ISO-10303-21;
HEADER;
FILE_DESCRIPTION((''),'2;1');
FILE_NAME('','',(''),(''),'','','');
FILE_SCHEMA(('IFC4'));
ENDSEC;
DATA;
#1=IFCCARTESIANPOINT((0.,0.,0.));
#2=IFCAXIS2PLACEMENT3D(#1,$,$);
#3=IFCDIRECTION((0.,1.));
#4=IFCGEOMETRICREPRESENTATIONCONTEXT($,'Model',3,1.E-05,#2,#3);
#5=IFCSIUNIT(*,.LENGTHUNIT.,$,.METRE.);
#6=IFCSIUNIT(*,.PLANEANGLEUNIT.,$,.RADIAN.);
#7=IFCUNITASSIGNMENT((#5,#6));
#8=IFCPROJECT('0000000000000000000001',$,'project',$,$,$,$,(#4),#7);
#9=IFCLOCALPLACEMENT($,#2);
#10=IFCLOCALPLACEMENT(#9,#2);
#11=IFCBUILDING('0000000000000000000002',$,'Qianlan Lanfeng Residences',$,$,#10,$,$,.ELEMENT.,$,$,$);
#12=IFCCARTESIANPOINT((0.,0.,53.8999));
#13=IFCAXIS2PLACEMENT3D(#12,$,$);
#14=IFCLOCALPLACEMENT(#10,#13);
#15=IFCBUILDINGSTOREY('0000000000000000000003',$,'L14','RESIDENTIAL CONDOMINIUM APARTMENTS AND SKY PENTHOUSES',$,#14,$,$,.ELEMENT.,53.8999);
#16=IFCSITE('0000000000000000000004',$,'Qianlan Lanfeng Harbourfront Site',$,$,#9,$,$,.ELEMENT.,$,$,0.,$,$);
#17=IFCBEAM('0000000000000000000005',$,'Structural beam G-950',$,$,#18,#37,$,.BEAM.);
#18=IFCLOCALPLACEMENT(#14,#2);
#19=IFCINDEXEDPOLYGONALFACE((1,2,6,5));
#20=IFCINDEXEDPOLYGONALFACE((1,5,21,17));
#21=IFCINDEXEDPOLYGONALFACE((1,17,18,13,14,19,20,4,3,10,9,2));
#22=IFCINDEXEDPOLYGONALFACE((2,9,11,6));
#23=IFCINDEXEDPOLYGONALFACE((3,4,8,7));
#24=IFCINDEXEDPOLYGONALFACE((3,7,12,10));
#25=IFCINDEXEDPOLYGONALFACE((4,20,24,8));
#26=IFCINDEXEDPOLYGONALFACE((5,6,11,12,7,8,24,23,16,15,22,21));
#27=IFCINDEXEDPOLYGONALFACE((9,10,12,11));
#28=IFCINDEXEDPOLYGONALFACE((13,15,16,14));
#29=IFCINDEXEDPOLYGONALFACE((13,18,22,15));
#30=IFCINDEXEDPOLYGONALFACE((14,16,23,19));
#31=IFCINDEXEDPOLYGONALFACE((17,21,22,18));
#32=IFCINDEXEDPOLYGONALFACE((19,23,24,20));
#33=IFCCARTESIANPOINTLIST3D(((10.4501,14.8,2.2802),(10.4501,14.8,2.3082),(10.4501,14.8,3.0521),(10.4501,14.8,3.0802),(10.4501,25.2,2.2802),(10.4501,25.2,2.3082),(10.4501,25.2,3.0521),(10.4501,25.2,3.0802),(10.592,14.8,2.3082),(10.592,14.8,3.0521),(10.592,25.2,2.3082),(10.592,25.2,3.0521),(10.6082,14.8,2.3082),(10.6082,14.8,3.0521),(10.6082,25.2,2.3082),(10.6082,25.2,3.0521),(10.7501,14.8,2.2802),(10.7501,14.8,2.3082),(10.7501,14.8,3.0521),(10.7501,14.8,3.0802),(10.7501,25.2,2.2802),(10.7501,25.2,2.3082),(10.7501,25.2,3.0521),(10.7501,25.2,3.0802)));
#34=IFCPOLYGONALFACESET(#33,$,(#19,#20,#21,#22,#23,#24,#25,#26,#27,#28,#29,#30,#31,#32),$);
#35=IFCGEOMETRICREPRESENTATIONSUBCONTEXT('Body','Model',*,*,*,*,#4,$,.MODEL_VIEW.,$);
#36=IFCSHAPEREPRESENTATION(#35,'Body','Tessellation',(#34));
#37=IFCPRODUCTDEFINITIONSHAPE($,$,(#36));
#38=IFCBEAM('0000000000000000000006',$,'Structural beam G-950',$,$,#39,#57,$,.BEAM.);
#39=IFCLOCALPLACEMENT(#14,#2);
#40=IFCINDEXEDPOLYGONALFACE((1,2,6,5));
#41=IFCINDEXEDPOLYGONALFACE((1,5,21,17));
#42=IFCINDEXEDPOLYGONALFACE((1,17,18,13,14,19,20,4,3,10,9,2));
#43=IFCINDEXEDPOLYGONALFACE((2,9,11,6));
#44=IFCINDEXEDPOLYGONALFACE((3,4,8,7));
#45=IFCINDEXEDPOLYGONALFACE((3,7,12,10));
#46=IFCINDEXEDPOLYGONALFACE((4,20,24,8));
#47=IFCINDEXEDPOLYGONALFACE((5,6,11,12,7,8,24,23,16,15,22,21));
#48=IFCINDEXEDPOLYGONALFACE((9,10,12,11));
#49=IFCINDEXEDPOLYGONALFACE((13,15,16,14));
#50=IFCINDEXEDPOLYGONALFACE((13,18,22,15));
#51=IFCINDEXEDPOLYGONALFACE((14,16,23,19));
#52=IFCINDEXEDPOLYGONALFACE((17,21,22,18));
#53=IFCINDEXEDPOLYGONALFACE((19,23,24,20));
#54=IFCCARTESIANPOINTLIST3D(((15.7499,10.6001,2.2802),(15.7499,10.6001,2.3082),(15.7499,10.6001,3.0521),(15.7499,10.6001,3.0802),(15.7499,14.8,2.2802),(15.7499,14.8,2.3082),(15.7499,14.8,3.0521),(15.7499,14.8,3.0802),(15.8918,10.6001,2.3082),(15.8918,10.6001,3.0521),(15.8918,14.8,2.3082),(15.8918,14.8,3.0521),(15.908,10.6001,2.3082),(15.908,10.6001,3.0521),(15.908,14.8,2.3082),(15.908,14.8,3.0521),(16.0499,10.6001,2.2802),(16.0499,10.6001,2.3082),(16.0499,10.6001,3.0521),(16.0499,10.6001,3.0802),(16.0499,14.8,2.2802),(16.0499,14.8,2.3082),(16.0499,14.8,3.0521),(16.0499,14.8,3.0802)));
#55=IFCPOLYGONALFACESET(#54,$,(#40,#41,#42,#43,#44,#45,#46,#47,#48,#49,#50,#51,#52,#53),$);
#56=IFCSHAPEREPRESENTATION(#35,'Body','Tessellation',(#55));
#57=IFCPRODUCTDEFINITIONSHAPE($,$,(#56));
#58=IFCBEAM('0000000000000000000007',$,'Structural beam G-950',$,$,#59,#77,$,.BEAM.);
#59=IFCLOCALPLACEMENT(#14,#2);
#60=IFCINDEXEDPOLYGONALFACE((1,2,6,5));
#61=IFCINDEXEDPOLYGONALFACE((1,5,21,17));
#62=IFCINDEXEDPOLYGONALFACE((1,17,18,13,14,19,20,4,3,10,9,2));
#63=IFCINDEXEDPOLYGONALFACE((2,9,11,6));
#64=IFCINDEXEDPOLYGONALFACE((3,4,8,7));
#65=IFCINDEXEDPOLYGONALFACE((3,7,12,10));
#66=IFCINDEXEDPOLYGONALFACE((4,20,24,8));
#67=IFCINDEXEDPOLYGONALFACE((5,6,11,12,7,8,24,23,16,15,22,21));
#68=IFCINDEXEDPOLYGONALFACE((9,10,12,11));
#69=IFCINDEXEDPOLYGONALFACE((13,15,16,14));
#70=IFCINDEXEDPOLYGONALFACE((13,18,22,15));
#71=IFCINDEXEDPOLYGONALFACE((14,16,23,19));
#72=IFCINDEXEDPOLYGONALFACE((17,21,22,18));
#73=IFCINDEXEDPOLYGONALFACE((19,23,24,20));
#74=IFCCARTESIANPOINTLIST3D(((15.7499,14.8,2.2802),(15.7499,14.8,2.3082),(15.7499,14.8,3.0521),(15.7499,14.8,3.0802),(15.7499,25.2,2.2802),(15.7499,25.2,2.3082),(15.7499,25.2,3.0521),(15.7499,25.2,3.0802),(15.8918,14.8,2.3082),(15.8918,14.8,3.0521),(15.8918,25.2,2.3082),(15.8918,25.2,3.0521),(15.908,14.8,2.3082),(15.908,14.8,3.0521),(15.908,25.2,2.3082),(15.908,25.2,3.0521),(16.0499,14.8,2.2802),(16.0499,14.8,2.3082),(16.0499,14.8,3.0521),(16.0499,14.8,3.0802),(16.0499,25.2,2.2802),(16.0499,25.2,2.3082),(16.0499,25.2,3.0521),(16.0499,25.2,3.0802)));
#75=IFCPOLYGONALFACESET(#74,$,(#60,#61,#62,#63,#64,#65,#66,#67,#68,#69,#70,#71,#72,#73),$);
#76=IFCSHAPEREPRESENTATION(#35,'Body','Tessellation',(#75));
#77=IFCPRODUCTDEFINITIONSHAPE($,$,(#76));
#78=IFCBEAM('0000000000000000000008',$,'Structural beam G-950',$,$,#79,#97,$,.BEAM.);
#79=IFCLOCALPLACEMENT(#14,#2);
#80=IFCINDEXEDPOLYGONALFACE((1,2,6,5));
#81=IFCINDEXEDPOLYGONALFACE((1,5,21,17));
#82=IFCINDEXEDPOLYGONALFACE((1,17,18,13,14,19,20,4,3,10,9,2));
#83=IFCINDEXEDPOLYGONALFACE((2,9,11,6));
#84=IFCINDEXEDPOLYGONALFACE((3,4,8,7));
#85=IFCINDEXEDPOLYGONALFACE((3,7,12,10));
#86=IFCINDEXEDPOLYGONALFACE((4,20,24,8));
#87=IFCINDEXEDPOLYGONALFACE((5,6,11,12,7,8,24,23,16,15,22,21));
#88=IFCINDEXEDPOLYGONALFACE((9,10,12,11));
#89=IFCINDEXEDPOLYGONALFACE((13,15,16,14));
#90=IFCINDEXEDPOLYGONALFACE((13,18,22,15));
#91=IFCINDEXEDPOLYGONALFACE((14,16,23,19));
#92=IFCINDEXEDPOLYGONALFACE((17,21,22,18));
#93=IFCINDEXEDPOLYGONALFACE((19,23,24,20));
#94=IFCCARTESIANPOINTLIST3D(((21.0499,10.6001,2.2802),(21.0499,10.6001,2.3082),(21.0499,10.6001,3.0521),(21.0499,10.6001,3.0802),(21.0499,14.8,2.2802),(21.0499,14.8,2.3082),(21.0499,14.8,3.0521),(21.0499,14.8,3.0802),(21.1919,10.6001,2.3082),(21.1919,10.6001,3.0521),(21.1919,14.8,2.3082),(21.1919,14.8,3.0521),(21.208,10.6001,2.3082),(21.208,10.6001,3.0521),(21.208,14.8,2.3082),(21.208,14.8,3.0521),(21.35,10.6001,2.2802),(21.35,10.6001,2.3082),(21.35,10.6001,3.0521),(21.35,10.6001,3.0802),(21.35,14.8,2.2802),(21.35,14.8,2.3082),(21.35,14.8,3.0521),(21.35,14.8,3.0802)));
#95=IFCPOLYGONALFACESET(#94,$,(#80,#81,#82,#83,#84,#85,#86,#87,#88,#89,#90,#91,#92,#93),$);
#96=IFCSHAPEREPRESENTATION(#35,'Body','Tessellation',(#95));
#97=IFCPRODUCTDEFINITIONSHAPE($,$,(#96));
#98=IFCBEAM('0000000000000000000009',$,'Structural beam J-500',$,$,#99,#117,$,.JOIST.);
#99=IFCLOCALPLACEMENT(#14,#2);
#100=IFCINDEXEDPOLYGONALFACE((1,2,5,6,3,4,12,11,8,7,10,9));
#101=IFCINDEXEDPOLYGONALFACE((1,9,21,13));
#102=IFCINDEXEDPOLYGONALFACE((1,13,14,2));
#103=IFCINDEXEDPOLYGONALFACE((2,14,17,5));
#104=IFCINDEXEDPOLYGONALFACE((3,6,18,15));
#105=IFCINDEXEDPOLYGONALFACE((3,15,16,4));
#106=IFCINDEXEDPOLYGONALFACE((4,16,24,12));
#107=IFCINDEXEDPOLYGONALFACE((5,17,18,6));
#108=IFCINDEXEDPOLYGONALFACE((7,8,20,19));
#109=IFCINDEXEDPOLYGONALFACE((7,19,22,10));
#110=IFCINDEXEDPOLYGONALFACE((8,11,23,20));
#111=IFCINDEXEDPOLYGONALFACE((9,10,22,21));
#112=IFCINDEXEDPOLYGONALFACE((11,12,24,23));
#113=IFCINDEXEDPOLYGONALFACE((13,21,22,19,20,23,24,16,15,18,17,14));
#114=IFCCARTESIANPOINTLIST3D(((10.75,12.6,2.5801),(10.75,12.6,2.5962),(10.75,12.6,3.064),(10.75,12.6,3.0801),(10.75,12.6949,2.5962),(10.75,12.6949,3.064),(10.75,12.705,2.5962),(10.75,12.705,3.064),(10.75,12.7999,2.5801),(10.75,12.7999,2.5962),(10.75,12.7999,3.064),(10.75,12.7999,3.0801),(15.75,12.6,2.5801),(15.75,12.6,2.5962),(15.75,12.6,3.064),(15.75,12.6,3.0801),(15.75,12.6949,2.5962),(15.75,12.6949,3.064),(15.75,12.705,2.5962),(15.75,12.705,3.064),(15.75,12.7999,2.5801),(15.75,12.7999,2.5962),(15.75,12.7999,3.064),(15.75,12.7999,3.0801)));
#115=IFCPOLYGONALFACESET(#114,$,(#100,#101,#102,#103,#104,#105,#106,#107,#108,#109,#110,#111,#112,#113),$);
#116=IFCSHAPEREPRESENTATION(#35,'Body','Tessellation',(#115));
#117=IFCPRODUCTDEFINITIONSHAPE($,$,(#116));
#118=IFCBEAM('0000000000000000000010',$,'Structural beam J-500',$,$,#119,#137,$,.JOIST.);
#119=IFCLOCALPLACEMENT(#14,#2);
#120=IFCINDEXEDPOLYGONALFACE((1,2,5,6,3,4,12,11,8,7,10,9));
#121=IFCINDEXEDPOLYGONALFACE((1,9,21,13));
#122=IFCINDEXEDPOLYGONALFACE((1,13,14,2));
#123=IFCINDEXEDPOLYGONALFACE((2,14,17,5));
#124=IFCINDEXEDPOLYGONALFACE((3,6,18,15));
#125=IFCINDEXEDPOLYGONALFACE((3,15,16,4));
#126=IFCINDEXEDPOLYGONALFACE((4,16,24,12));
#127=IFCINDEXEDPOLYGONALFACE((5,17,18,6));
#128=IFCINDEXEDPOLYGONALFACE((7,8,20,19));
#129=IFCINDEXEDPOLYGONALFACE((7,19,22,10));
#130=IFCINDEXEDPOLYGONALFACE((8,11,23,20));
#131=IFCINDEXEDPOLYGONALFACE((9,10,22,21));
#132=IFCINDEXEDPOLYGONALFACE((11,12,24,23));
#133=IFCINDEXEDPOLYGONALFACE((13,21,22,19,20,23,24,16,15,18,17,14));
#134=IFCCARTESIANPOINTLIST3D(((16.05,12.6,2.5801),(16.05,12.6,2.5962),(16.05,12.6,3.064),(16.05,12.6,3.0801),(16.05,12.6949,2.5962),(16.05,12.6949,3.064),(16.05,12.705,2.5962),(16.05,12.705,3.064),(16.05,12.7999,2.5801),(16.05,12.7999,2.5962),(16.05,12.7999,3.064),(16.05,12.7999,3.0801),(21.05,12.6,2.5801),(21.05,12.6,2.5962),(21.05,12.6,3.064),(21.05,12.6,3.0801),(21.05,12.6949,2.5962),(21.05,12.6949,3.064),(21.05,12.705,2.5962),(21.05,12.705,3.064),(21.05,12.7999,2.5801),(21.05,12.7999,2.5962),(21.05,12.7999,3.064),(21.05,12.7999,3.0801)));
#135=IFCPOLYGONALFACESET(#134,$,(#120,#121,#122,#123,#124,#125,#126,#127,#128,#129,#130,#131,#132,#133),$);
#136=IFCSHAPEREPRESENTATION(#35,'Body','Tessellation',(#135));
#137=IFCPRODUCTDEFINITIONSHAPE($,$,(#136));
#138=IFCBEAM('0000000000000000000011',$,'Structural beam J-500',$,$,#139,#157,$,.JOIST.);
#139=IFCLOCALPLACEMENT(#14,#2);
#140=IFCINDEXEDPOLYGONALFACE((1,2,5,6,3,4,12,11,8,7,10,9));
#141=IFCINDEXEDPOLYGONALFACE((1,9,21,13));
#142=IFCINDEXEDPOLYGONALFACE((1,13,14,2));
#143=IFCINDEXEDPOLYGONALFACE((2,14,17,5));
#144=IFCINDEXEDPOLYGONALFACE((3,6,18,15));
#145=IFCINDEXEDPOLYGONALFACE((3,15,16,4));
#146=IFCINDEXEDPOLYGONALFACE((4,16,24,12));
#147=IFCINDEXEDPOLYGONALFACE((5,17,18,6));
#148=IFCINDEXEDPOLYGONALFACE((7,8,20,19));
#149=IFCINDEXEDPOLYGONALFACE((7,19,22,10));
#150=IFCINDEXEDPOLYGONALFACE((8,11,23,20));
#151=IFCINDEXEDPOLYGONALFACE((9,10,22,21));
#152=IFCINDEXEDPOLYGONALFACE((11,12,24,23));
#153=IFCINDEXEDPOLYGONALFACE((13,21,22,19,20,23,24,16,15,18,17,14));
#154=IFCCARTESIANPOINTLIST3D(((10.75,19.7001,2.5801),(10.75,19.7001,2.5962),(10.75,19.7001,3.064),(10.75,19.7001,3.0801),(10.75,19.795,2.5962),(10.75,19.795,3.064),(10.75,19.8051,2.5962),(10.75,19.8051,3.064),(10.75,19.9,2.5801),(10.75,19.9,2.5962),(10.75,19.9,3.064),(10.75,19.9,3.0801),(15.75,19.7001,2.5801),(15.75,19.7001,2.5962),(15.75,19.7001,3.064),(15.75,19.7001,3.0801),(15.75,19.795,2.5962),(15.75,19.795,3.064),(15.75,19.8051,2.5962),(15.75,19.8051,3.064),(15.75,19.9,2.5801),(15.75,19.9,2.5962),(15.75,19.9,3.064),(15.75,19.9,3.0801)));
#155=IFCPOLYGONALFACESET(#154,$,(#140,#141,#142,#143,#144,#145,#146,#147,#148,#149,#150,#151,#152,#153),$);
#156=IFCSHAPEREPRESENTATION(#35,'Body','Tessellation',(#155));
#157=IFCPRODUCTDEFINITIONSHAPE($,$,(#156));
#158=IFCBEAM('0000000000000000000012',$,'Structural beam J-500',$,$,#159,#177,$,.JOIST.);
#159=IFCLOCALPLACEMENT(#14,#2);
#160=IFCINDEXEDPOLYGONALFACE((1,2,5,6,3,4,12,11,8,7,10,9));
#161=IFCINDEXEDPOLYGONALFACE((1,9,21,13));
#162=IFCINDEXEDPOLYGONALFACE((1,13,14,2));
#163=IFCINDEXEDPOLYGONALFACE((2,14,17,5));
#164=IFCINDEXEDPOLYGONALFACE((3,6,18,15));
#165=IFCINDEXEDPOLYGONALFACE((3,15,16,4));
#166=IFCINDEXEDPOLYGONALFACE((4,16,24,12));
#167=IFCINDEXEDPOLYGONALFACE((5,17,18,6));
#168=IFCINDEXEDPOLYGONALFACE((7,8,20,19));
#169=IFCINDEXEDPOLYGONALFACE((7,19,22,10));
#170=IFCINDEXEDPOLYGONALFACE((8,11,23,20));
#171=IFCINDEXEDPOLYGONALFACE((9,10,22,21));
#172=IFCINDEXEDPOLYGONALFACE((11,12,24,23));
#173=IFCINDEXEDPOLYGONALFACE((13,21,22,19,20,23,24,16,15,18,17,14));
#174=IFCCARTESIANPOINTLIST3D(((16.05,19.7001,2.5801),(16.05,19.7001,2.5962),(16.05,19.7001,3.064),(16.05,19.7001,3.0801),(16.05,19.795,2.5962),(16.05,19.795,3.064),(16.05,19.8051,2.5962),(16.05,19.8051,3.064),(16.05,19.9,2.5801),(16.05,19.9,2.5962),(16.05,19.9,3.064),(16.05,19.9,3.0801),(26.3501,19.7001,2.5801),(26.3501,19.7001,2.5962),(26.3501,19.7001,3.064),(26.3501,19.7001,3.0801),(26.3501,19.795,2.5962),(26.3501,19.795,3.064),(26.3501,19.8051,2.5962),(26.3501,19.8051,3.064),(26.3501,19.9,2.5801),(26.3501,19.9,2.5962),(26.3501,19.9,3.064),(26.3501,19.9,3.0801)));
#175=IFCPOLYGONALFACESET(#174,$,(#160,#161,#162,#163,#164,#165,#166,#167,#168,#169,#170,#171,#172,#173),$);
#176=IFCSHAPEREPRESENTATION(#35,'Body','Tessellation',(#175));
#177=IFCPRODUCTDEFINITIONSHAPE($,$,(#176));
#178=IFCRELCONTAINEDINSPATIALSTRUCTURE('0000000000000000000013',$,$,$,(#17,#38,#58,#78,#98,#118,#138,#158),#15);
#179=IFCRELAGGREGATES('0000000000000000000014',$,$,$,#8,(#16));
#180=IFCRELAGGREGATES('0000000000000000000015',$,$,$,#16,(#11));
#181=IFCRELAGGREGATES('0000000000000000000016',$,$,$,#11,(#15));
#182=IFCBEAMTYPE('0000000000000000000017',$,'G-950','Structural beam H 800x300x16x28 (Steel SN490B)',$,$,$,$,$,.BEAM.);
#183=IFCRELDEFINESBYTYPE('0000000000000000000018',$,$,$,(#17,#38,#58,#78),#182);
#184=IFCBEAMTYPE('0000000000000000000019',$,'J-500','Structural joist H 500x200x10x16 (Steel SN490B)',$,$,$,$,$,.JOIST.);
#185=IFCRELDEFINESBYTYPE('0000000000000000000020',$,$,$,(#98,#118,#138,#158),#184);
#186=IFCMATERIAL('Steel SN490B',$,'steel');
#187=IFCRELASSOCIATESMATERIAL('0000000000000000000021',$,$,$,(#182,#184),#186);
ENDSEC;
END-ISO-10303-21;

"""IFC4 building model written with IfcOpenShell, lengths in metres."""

from ifc_helpers import new_model, si_unit, direction, frame, origin, origin_2d, place, context, subcontext, project, spatial, i_section, extrude, material, material_profile, profile_set, type_object, element, save


model = new_model("IFC4")

# Units and contexts
model_context = context("Model", 3, precision=1e-05, world=origin(), true_north=direction((0.0, 1.0)))
body_context = subcontext(model_context, "Body", "Model", "MODEL_VIEW")
ifc_project = project(units=[si_unit("LENGTHUNIT", "METRE"), si_unit("PLANEANGLEUNIT", "RADIAN")], contexts=[model_context])

# Site, building, storey
site_placement = place(None, origin())
site = spatial("IfcSite", under=ifc_project, at=site_placement, Name="Qianlan Lanfeng Harbourfront Site", CompositionType="ELEMENT", RefElevation=0.0)
building_placement = place(site_placement, origin())
building = spatial("IfcBuilding", under=site, at=building_placement, Name="Qianlan Lanfeng Residences", CompositionType="ELEMENT")
storey_placement = place(building_placement, frame((0.0, 0.0, 53.8999)))
storey = spatial("IfcBuildingStorey", under=building, at=storey_placement, Name="L14", Description="RESIDENTIAL CONDOMINIUM APARTMENTS AND SKY PENTHOUSES", CompositionType="ELEMENT", Elevation=53.8999)

# Shared definitions
ifc_material_1 = material(Name="Steel SN490B", Category="steel")

# Beams
ifc_material_profile_1 = material_profile(ifc_material_1, i_section(OverallWidth=0.3, OverallDepth=0.8, WebThickness=0.0161, FlangeThickness=0.0281, at=origin_2d()), Name="H 800x300x16x28")
ifc_profile_set_1 = profile_set([ifc_material_profile_1], Name="Steel SN490B")
beam_type_1 = type_object("IfcBeamType", Name="G-950", Description="Structural beam H 800x300x16x28 (Steel SN490B)", PredefinedType="BEAM", material=ifc_profile_set_1)
beam_1_placement = place(storey_placement, frame((10.6001, 14.8, 2.6802), z_axis=(0.0, 1.0, 0.0), x_axis=(-1.0, 0.0, 0.0)))
element("IfcBeam", 1, at=beam_1_placement, inside=storey, type_object=beam_type_1, Name="Structural beam G-950", PredefinedType="BEAM", context=body_context, shape_type="SweptSolid", body=[
    extrude(i_section(OverallWidth=0.3, OverallDepth=0.8, WebThickness=0.0161, FlangeThickness=0.0281, at=origin_2d()), origin(), (0.0, 0.0, 1.0), 10.3999),
])
beam_2_placement = place(storey_placement, frame((15.8999, 10.6001, 2.6802), z_axis=(0.0, 1.0, 0.0), x_axis=(-1.0, 0.0, 0.0)))
element("IfcBeam", 2, at=beam_2_placement, inside=storey, type_object=beam_type_1, Name="Structural beam G-950", PredefinedType="BEAM", context=body_context, shape_type="SweptSolid", body=[
    extrude(i_section(OverallWidth=0.3, OverallDepth=0.8, WebThickness=0.0161, FlangeThickness=0.0281, at=origin_2d()), origin(), (0.0, 0.0, 1.0), 4.2),
])
beam_3_placement = place(storey_placement, frame((15.8999, 14.8, 2.6802), z_axis=(0.0, 1.0, 0.0), x_axis=(-1.0, 0.0, 0.0)))
element("IfcBeam", 3, at=beam_3_placement, inside=storey, type_object=beam_type_1, Name="Structural beam G-950", PredefinedType="BEAM", context=body_context, shape_type="SweptSolid", body=[
    extrude(i_section(OverallWidth=0.3, OverallDepth=0.8, WebThickness=0.0161, FlangeThickness=0.0281, at=origin_2d()), origin(), (0.0, 0.0, 1.0), 10.3999),
])
beam_4_placement = place(storey_placement, frame((21.2, 10.6001, 2.6802), z_axis=(0.0, 1.0, 0.0), x_axis=(-1.0, 0.0, 0.0)))
element("IfcBeam", 4, at=beam_4_placement, inside=storey, type_object=beam_type_1, Name="Structural beam G-950", PredefinedType="BEAM", context=body_context, shape_type="SweptSolid", body=[
    extrude(i_section(OverallWidth=0.3, OverallDepth=0.8, WebThickness=0.0161, FlangeThickness=0.0281, at=origin_2d()), origin(), (0.0, 0.0, 1.0), 4.2),
])
ifc_material_profile_2 = material_profile(ifc_material_1, i_section(OverallWidth=0.2, OverallDepth=0.5, WebThickness=0.01, FlangeThickness=0.0161, at=origin_2d()), Name="H 500x200x10x16")
ifc_profile_set_2 = profile_set([ifc_material_profile_2], Name="Steel SN490B")
beam_type_2 = type_object("IfcBeamType", Name="J-500", Description="Structural joist H 500x200x10x16 (Steel SN490B)", PredefinedType="JOIST", material=ifc_profile_set_2)
for number, where, z_axis, x_axis, name in (
    (5, (10.75, 12.7, 2.8301), (1.0, 0.0, 0.0), (0.0, 1.0, 0.0), "Structural beam J-500"),
    (6, (16.05, 12.7, 2.8301), (1.0, 0.0, 0.0), (0.0, 1.0, 0.0), "Structural beam J-500"),
    (7, (10.75, 19.8, 2.8301), (1.0, 0.0, 0.0), (0.0, 1.0, 0.0), "Structural beam J-500"),
):
    element("IfcBeam", number, at=place(storey_placement, frame(where, z_axis=z_axis, x_axis=x_axis)), inside=storey, type_object=beam_type_2, Name=name, PredefinedType="JOIST", context=body_context, shape_type="SweptSolid", body=[
        extrude(i_section(OverallWidth=0.2, OverallDepth=0.5, WebThickness=0.01, FlangeThickness=0.0161, at=origin_2d()), origin(), (0.0, 0.0, 1.0), 5.0),
    ])
beam_5_placement = place(storey_placement, frame((16.05, 19.8, 2.8301), z_axis=(1.0, 0.0, 0.0), x_axis=(0.0, 1.0, 0.0)))
element("IfcBeam", 8, at=beam_5_placement, inside=storey, type_object=beam_type_2, Name="Structural beam J-500", PredefinedType="JOIST", context=body_context, shape_type="SweptSolid", body=[
    extrude(i_section(OverallWidth=0.2, OverallDepth=0.5, WebThickness=0.01, FlangeThickness=0.0161, at=origin_2d()), origin(), (0.0, 0.0, 1.0), 10.3),
])

save(model, "model.ifc")
